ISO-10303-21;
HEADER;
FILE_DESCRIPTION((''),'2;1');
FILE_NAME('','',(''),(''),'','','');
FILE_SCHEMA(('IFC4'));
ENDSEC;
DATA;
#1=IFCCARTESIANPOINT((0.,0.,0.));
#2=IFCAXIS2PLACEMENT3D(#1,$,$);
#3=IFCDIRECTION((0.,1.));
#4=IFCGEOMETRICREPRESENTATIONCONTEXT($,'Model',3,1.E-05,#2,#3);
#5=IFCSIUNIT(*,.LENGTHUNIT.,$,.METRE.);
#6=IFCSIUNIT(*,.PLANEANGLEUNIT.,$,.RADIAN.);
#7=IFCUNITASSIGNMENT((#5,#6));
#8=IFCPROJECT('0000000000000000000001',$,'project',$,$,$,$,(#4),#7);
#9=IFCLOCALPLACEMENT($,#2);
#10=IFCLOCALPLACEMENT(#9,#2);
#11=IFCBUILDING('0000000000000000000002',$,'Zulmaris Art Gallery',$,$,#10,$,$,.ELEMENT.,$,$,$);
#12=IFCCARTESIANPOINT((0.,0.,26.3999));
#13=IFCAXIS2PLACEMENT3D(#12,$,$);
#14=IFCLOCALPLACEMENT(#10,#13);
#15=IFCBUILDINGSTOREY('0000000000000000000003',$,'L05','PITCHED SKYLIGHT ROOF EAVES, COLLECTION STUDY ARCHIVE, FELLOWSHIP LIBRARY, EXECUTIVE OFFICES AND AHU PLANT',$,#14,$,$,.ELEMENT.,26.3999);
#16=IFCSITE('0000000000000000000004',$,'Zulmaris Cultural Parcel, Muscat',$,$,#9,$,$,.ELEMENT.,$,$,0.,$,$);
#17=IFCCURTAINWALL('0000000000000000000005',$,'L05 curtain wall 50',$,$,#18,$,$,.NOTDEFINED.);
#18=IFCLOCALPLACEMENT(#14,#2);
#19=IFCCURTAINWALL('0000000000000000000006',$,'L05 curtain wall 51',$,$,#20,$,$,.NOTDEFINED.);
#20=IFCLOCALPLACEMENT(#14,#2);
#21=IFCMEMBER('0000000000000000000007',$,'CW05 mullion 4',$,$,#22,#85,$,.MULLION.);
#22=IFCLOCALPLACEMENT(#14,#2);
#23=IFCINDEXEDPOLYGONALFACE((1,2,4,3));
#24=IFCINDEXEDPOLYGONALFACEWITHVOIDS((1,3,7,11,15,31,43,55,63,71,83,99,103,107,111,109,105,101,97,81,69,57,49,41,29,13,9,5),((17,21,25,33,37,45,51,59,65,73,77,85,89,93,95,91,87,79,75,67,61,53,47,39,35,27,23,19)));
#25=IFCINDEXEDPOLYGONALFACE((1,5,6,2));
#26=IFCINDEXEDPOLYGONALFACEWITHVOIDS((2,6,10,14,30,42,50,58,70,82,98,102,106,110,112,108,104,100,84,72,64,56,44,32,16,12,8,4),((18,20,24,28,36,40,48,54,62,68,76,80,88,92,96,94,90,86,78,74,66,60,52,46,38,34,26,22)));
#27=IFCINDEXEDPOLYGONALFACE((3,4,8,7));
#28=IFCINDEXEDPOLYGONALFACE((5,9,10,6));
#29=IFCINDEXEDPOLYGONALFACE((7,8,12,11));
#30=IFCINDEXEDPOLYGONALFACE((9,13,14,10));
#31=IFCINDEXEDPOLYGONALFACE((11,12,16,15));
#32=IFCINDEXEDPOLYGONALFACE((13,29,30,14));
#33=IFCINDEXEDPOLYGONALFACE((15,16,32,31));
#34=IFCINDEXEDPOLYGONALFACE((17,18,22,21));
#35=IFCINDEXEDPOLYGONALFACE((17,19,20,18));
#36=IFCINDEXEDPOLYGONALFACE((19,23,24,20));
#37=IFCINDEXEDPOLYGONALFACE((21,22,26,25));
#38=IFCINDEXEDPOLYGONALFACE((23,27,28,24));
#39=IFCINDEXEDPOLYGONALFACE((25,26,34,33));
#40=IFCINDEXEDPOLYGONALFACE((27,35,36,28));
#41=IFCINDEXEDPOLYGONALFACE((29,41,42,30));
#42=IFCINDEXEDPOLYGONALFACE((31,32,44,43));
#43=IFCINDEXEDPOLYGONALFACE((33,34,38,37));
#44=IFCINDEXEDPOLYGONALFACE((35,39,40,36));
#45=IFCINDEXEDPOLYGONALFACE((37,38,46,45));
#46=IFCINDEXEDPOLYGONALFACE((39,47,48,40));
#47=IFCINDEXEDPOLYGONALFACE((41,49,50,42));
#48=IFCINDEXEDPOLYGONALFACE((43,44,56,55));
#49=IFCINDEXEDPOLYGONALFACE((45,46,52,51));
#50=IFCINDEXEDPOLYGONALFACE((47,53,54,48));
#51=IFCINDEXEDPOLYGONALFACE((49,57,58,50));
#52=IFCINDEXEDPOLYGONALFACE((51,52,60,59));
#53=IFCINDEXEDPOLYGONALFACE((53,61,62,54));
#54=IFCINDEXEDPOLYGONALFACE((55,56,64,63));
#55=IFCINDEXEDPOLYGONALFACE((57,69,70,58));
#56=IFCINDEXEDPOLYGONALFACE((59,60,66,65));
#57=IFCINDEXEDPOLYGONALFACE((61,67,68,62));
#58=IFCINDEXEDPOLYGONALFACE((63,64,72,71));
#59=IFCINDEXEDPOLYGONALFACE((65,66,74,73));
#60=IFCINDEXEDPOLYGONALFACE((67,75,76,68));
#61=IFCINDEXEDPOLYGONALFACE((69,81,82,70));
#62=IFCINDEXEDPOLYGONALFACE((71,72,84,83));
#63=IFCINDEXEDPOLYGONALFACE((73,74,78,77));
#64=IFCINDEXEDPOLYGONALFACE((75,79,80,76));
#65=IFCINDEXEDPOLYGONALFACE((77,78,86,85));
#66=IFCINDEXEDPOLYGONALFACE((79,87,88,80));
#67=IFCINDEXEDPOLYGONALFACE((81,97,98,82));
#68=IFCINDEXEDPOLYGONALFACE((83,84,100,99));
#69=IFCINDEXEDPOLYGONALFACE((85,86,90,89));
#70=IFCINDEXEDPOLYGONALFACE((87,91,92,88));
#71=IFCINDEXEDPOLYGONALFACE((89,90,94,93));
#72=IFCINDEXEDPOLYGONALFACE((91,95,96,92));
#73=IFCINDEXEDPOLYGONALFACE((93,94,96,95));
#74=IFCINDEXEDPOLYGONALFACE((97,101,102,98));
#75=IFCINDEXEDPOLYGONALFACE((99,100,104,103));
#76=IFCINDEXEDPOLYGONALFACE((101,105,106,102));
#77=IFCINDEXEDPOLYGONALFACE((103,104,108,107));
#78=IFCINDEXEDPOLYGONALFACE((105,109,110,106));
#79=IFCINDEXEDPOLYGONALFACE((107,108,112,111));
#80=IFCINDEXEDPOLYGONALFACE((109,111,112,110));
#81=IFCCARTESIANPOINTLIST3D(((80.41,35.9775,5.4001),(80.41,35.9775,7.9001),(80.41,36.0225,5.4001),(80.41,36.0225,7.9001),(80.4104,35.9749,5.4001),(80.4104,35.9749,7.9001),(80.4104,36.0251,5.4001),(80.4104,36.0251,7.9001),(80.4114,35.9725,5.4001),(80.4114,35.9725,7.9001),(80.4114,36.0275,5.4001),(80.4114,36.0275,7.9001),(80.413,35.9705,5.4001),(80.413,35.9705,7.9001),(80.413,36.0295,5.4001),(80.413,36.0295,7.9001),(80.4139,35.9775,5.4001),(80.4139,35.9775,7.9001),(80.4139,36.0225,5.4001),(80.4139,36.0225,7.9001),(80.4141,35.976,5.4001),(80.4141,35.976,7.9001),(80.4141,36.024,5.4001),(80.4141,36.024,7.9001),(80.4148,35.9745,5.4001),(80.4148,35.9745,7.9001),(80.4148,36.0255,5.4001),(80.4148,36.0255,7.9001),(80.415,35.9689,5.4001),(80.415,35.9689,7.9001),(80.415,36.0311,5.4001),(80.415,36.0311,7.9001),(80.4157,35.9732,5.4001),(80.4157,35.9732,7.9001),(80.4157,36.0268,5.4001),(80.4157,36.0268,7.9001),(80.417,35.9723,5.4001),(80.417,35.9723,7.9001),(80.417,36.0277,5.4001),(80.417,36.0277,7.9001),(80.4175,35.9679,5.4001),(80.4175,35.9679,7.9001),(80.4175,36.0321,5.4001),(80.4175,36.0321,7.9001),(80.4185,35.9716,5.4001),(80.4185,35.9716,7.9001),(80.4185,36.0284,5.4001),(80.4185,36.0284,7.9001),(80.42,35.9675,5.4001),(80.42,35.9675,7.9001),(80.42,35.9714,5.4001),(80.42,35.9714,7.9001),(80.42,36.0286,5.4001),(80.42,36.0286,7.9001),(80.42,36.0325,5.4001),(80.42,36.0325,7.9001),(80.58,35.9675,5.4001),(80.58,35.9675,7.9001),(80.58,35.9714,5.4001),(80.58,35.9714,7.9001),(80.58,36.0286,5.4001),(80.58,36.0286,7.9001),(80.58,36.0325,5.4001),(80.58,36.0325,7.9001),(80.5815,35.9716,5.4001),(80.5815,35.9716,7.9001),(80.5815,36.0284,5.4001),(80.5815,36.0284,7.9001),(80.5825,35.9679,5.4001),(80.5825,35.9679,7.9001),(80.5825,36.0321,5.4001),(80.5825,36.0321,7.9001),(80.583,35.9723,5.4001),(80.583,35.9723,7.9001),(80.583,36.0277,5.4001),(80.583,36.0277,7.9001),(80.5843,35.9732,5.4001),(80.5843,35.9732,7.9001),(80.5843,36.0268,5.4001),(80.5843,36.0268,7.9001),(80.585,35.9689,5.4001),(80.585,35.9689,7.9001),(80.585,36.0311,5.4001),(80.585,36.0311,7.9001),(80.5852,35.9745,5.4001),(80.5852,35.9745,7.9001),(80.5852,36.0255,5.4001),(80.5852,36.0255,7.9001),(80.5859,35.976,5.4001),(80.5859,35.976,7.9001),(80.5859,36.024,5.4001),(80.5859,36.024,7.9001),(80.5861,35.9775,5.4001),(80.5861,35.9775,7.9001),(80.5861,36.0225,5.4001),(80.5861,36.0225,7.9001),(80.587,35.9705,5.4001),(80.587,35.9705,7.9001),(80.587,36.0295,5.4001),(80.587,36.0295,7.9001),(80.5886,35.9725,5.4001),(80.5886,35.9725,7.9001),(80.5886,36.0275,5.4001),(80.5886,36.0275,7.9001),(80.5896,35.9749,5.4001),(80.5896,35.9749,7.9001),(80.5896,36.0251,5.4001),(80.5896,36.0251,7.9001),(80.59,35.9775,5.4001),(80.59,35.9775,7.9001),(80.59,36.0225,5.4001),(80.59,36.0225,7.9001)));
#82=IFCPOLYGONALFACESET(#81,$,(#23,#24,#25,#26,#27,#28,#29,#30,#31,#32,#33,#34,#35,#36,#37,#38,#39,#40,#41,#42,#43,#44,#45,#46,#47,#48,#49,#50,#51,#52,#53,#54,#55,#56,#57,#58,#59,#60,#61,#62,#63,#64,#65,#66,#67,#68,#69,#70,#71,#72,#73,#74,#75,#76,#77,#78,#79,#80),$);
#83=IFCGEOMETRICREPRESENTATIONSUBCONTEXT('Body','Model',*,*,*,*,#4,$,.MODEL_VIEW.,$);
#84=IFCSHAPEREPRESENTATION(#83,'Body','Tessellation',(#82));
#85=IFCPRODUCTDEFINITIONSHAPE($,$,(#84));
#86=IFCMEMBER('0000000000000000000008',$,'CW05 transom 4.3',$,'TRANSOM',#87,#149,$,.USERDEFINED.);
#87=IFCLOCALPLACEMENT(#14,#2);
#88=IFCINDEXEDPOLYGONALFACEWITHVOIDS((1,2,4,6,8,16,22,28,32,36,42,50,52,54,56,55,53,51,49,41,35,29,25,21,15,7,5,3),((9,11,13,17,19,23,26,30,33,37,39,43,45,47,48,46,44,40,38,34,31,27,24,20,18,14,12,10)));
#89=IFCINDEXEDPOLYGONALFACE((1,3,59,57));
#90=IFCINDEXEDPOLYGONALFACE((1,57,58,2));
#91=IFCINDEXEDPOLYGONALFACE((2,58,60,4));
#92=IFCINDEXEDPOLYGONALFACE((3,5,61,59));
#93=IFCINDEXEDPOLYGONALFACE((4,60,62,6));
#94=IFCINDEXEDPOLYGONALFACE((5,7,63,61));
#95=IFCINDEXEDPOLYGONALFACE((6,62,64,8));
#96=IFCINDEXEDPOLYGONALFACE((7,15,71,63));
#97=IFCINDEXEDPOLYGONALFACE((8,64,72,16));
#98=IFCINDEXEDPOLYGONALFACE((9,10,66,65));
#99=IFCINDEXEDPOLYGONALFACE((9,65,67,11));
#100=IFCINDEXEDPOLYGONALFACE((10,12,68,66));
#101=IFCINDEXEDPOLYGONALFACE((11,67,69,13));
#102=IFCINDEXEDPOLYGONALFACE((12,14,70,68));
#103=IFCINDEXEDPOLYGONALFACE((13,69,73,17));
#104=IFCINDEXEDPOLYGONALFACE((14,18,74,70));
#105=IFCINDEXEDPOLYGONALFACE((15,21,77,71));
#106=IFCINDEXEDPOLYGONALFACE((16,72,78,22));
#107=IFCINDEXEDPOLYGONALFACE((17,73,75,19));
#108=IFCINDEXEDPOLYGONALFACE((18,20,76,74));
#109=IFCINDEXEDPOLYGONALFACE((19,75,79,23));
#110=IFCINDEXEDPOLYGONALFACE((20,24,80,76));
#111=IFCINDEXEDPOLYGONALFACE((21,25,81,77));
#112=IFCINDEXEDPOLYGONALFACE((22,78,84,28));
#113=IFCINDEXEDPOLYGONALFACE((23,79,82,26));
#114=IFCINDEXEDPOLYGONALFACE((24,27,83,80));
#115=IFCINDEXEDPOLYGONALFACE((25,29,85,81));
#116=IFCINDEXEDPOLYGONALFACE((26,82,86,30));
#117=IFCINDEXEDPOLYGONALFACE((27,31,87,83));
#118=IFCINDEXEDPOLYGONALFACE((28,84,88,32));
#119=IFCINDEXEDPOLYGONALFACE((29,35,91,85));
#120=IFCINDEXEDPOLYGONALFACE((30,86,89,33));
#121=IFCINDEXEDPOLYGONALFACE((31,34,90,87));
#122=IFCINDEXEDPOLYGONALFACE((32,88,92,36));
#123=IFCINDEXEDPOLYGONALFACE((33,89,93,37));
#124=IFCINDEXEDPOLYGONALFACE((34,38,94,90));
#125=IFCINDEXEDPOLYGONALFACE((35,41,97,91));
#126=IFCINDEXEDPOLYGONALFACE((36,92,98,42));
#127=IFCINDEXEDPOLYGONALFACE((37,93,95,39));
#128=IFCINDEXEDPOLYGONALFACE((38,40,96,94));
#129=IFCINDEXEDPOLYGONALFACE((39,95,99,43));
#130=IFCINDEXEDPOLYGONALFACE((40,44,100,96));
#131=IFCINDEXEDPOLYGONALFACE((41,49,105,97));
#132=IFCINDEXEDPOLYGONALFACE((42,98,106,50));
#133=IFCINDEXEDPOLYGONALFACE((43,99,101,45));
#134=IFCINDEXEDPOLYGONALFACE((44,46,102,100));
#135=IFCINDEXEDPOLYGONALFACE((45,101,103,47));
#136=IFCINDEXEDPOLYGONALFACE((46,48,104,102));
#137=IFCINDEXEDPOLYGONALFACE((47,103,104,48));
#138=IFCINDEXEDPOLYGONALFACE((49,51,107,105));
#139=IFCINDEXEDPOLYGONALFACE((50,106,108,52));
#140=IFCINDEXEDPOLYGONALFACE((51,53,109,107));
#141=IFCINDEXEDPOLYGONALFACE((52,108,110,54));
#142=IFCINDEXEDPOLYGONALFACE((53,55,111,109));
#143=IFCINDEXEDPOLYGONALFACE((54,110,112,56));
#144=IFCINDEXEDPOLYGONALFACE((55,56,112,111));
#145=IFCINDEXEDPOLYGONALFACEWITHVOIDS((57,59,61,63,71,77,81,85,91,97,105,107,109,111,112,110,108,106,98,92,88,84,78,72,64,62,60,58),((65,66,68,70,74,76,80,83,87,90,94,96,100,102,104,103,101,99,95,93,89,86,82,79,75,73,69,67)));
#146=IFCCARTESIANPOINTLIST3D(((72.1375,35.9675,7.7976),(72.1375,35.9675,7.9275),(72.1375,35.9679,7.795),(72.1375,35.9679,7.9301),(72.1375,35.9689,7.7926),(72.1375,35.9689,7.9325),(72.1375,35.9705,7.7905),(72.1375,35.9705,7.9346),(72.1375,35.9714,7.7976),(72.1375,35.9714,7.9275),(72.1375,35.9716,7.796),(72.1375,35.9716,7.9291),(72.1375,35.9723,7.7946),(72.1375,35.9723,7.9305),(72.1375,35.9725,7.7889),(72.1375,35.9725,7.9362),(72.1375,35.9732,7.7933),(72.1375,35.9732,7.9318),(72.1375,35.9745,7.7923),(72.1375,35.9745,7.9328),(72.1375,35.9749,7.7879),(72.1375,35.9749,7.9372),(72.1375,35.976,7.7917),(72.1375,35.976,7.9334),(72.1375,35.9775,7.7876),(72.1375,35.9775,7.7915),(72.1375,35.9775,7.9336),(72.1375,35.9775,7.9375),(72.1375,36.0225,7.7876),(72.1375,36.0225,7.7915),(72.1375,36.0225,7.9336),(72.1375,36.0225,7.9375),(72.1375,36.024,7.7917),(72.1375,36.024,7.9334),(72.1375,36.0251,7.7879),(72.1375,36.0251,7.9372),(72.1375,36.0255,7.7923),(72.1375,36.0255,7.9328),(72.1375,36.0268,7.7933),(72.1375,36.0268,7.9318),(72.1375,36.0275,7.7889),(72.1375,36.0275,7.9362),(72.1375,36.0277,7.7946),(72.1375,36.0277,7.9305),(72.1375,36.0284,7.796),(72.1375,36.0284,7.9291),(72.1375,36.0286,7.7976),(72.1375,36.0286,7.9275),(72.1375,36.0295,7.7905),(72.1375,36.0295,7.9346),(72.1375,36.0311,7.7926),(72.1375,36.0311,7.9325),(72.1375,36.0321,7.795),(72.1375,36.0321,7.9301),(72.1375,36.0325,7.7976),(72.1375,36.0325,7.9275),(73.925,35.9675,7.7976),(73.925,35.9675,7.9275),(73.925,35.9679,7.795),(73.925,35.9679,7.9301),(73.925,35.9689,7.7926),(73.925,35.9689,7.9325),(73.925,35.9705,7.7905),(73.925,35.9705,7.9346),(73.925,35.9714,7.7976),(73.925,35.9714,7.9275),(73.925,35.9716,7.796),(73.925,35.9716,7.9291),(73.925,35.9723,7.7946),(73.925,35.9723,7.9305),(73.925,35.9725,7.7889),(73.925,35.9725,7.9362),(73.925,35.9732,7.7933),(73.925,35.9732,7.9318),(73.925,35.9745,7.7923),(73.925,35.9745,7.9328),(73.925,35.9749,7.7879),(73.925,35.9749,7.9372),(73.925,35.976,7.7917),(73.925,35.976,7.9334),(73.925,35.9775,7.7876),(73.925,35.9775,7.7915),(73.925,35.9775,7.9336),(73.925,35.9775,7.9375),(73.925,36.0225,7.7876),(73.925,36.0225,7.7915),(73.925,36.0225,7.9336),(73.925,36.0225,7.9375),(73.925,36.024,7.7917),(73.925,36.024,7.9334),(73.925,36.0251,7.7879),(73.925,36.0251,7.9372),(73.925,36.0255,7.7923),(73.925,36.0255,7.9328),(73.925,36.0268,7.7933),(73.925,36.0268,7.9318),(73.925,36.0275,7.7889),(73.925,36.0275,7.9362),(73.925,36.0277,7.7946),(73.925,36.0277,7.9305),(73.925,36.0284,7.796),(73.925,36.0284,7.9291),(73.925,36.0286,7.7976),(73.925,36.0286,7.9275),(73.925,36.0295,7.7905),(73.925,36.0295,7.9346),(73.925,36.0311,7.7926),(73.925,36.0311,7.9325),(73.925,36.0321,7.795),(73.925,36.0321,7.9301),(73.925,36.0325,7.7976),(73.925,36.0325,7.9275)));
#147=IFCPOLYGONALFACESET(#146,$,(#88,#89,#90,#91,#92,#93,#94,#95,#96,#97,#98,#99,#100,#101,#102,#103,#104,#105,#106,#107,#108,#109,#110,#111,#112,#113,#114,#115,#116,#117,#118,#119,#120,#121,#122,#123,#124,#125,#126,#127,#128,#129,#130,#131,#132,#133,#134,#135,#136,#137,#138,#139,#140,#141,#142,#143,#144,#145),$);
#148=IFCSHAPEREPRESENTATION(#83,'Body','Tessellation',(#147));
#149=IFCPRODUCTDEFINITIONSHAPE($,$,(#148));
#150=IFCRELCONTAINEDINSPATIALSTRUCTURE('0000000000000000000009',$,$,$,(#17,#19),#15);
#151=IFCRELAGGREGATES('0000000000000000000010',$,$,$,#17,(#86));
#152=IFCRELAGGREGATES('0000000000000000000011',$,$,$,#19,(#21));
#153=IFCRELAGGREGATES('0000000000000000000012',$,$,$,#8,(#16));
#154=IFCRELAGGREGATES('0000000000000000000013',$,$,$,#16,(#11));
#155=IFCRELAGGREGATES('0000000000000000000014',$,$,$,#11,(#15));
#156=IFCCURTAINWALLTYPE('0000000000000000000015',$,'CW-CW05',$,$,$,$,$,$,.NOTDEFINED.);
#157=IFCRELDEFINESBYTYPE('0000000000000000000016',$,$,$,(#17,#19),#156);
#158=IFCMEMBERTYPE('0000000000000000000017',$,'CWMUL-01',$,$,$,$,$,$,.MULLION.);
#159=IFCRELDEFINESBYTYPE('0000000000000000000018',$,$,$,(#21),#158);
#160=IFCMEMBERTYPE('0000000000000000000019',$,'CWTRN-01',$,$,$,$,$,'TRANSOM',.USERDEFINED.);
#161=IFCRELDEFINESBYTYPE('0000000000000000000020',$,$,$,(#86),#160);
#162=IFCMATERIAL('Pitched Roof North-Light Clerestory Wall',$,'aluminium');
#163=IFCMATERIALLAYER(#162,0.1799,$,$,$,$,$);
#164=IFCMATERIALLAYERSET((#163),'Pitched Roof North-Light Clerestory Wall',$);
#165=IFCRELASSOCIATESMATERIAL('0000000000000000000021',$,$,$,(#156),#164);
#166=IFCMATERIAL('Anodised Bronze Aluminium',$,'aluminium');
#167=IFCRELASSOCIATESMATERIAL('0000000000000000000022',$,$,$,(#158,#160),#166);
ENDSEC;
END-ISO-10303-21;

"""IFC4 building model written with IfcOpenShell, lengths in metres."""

from ifc_helpers import new_model, si_unit, direction, frame, origin, origin_2d, place, context, subcontext, project, spatial, hollow_rectangle, extrude, material, layer, layer_set, material_profile, profile_set, type_object, element, aggregate, save


model = new_model("IFC4")

# Units and contexts
model_context = context("Model", 3, precision=1e-05, world=origin(), true_north=direction((0.0, 1.0)))
body_context = subcontext(model_context, "Body", "Model", "MODEL_VIEW")
ifc_project = project(units=[si_unit("LENGTHUNIT", "METRE"), si_unit("PLANEANGLEUNIT", "RADIAN")], contexts=[model_context])

# Site, building, storey
site_placement = place(None, origin())
site = spatial("IfcSite", under=ifc_project, at=site_placement, Name="Zulmaris Cultural Parcel, Muscat", CompositionType="ELEMENT", RefElevation=0.0)
building_placement = place(site_placement, origin())
building = spatial("IfcBuilding", under=site, at=building_placement, Name="Zulmaris Art Gallery", CompositionType="ELEMENT")
storey_placement = place(building_placement, frame((0.0, 0.0, 26.3999)))
storey = spatial("IfcBuildingStorey", under=building, at=storey_placement, Name="L05", Description="PITCHED SKYLIGHT ROOF EAVES, COLLECTION STUDY ARCHIVE, FELLOWSHIP LIBRARY, EXECUTIVE OFFICES AND AHU PLANT", CompositionType="ELEMENT", Elevation=26.3999)

# Curtain wall
ifc_material_1 = material(Name="Pitched Roof North-Light Clerestory Wall", Category="aluminium")
ifc_layer_1 = layer(ifc_material_1, 0.1799)
ifc_layer_set_1 = layer_set([ifc_layer_1], Name="Pitched Roof North-Light Clerestory Wall")
curtain_wall_type = type_object("IfcCurtainWallType", Name="CW-CW05", PredefinedType="NOTDEFINED", material=ifc_layer_set_1)
curtain_wall_1_placement = place(storey_placement, origin())
curtain_wall_1 = element("IfcCurtainWall", 1, at=curtain_wall_1_placement, inside=storey, type_object=curtain_wall_type, Name="L05 curtain wall 50", PredefinedType="NOTDEFINED")
ifc_material_2 = material(Name="Anodised Bronze Aluminium", Category="aluminium")
ifc_material_profile_1 = material_profile(ifc_material_2, hollow_rectangle(XDim=0.0649, YDim=0.1799, WallThickness=0.0039, InnerFilletRadius=0.0061, OuterFilletRadius=0.01, at=origin_2d()), Name="ALU 65x180x4")
ifc_profile_set_1 = profile_set([ifc_material_profile_1], Name="Anodised Bronze Aluminium")
member_type_1 = type_object("IfcMemberType", Name="CWMUL-01", PredefinedType="MULLION", material=ifc_profile_set_1)

# Curtain wall, member
curtain_wall_2_placement = place(storey_placement, origin())
curtain_wall_2 = element("IfcCurtainWall", 2, at=curtain_wall_2_placement, inside=storey, type_object=curtain_wall_type, Name="L05 curtain wall 51", PredefinedType="NOTDEFINED")
member_1_placement = place(storey_placement, frame((80.5, 36.0, 5.4001), z_axis=(0.0, 0.0, 1.0), x_axis=(0.0, 1.0, 0.0)))
member_1 = element("IfcMember", 3, at=member_1_placement, type_object=member_type_1, Name="CW05 mullion 4", PredefinedType="MULLION", context=body_context, shape_type="SweptSolid", body=[
    extrude(hollow_rectangle(XDim=0.0649, YDim=0.1799, WallThickness=0.0039, InnerFilletRadius=0.0061, OuterFilletRadius=0.01, at=origin_2d()), origin(), (0.0, 0.0, 1.0), 2.5),
])

# Member
ifc_material_profile_2 = material_profile(ifc_material_2, hollow_rectangle(XDim=0.0649, YDim=0.1499, WallThickness=0.0039, InnerFilletRadius=0.0061, OuterFilletRadius=0.01, at=origin_2d()), Name="ALU 65x150x4")
ifc_profile_set_2 = profile_set([ifc_material_profile_2], Name="Anodised Bronze Aluminium")
member_type_2 = type_object("IfcMemberType", Name="CWTRN-01", ElementType="TRANSOM", PredefinedType="USERDEFINED", material=ifc_profile_set_2)
member_2_placement = place(storey_placement, frame((72.1375, 36.0, 7.8625), z_axis=(1.0, 0.0, 0.0), x_axis=(0.0, 1.0, 0.0)))
member_2 = element("IfcMember", 4, at=member_2_placement, type_object=member_type_2, Name="CW05 transom 4.3", ObjectType="TRANSOM", PredefinedType="USERDEFINED", context=body_context, shape_type="SweptSolid", body=[
    extrude(hollow_rectangle(XDim=0.0649, YDim=0.1499, WallThickness=0.0039, InnerFilletRadius=0.0061, OuterFilletRadius=0.01, at=origin_2d()), origin(), (0.0, 0.0, 1.0), 1.7876),
])

aggregate(curtain_wall_1, [member_2])
aggregate(curtain_wall_2, [member_1])

save(model, "model.ifc")
